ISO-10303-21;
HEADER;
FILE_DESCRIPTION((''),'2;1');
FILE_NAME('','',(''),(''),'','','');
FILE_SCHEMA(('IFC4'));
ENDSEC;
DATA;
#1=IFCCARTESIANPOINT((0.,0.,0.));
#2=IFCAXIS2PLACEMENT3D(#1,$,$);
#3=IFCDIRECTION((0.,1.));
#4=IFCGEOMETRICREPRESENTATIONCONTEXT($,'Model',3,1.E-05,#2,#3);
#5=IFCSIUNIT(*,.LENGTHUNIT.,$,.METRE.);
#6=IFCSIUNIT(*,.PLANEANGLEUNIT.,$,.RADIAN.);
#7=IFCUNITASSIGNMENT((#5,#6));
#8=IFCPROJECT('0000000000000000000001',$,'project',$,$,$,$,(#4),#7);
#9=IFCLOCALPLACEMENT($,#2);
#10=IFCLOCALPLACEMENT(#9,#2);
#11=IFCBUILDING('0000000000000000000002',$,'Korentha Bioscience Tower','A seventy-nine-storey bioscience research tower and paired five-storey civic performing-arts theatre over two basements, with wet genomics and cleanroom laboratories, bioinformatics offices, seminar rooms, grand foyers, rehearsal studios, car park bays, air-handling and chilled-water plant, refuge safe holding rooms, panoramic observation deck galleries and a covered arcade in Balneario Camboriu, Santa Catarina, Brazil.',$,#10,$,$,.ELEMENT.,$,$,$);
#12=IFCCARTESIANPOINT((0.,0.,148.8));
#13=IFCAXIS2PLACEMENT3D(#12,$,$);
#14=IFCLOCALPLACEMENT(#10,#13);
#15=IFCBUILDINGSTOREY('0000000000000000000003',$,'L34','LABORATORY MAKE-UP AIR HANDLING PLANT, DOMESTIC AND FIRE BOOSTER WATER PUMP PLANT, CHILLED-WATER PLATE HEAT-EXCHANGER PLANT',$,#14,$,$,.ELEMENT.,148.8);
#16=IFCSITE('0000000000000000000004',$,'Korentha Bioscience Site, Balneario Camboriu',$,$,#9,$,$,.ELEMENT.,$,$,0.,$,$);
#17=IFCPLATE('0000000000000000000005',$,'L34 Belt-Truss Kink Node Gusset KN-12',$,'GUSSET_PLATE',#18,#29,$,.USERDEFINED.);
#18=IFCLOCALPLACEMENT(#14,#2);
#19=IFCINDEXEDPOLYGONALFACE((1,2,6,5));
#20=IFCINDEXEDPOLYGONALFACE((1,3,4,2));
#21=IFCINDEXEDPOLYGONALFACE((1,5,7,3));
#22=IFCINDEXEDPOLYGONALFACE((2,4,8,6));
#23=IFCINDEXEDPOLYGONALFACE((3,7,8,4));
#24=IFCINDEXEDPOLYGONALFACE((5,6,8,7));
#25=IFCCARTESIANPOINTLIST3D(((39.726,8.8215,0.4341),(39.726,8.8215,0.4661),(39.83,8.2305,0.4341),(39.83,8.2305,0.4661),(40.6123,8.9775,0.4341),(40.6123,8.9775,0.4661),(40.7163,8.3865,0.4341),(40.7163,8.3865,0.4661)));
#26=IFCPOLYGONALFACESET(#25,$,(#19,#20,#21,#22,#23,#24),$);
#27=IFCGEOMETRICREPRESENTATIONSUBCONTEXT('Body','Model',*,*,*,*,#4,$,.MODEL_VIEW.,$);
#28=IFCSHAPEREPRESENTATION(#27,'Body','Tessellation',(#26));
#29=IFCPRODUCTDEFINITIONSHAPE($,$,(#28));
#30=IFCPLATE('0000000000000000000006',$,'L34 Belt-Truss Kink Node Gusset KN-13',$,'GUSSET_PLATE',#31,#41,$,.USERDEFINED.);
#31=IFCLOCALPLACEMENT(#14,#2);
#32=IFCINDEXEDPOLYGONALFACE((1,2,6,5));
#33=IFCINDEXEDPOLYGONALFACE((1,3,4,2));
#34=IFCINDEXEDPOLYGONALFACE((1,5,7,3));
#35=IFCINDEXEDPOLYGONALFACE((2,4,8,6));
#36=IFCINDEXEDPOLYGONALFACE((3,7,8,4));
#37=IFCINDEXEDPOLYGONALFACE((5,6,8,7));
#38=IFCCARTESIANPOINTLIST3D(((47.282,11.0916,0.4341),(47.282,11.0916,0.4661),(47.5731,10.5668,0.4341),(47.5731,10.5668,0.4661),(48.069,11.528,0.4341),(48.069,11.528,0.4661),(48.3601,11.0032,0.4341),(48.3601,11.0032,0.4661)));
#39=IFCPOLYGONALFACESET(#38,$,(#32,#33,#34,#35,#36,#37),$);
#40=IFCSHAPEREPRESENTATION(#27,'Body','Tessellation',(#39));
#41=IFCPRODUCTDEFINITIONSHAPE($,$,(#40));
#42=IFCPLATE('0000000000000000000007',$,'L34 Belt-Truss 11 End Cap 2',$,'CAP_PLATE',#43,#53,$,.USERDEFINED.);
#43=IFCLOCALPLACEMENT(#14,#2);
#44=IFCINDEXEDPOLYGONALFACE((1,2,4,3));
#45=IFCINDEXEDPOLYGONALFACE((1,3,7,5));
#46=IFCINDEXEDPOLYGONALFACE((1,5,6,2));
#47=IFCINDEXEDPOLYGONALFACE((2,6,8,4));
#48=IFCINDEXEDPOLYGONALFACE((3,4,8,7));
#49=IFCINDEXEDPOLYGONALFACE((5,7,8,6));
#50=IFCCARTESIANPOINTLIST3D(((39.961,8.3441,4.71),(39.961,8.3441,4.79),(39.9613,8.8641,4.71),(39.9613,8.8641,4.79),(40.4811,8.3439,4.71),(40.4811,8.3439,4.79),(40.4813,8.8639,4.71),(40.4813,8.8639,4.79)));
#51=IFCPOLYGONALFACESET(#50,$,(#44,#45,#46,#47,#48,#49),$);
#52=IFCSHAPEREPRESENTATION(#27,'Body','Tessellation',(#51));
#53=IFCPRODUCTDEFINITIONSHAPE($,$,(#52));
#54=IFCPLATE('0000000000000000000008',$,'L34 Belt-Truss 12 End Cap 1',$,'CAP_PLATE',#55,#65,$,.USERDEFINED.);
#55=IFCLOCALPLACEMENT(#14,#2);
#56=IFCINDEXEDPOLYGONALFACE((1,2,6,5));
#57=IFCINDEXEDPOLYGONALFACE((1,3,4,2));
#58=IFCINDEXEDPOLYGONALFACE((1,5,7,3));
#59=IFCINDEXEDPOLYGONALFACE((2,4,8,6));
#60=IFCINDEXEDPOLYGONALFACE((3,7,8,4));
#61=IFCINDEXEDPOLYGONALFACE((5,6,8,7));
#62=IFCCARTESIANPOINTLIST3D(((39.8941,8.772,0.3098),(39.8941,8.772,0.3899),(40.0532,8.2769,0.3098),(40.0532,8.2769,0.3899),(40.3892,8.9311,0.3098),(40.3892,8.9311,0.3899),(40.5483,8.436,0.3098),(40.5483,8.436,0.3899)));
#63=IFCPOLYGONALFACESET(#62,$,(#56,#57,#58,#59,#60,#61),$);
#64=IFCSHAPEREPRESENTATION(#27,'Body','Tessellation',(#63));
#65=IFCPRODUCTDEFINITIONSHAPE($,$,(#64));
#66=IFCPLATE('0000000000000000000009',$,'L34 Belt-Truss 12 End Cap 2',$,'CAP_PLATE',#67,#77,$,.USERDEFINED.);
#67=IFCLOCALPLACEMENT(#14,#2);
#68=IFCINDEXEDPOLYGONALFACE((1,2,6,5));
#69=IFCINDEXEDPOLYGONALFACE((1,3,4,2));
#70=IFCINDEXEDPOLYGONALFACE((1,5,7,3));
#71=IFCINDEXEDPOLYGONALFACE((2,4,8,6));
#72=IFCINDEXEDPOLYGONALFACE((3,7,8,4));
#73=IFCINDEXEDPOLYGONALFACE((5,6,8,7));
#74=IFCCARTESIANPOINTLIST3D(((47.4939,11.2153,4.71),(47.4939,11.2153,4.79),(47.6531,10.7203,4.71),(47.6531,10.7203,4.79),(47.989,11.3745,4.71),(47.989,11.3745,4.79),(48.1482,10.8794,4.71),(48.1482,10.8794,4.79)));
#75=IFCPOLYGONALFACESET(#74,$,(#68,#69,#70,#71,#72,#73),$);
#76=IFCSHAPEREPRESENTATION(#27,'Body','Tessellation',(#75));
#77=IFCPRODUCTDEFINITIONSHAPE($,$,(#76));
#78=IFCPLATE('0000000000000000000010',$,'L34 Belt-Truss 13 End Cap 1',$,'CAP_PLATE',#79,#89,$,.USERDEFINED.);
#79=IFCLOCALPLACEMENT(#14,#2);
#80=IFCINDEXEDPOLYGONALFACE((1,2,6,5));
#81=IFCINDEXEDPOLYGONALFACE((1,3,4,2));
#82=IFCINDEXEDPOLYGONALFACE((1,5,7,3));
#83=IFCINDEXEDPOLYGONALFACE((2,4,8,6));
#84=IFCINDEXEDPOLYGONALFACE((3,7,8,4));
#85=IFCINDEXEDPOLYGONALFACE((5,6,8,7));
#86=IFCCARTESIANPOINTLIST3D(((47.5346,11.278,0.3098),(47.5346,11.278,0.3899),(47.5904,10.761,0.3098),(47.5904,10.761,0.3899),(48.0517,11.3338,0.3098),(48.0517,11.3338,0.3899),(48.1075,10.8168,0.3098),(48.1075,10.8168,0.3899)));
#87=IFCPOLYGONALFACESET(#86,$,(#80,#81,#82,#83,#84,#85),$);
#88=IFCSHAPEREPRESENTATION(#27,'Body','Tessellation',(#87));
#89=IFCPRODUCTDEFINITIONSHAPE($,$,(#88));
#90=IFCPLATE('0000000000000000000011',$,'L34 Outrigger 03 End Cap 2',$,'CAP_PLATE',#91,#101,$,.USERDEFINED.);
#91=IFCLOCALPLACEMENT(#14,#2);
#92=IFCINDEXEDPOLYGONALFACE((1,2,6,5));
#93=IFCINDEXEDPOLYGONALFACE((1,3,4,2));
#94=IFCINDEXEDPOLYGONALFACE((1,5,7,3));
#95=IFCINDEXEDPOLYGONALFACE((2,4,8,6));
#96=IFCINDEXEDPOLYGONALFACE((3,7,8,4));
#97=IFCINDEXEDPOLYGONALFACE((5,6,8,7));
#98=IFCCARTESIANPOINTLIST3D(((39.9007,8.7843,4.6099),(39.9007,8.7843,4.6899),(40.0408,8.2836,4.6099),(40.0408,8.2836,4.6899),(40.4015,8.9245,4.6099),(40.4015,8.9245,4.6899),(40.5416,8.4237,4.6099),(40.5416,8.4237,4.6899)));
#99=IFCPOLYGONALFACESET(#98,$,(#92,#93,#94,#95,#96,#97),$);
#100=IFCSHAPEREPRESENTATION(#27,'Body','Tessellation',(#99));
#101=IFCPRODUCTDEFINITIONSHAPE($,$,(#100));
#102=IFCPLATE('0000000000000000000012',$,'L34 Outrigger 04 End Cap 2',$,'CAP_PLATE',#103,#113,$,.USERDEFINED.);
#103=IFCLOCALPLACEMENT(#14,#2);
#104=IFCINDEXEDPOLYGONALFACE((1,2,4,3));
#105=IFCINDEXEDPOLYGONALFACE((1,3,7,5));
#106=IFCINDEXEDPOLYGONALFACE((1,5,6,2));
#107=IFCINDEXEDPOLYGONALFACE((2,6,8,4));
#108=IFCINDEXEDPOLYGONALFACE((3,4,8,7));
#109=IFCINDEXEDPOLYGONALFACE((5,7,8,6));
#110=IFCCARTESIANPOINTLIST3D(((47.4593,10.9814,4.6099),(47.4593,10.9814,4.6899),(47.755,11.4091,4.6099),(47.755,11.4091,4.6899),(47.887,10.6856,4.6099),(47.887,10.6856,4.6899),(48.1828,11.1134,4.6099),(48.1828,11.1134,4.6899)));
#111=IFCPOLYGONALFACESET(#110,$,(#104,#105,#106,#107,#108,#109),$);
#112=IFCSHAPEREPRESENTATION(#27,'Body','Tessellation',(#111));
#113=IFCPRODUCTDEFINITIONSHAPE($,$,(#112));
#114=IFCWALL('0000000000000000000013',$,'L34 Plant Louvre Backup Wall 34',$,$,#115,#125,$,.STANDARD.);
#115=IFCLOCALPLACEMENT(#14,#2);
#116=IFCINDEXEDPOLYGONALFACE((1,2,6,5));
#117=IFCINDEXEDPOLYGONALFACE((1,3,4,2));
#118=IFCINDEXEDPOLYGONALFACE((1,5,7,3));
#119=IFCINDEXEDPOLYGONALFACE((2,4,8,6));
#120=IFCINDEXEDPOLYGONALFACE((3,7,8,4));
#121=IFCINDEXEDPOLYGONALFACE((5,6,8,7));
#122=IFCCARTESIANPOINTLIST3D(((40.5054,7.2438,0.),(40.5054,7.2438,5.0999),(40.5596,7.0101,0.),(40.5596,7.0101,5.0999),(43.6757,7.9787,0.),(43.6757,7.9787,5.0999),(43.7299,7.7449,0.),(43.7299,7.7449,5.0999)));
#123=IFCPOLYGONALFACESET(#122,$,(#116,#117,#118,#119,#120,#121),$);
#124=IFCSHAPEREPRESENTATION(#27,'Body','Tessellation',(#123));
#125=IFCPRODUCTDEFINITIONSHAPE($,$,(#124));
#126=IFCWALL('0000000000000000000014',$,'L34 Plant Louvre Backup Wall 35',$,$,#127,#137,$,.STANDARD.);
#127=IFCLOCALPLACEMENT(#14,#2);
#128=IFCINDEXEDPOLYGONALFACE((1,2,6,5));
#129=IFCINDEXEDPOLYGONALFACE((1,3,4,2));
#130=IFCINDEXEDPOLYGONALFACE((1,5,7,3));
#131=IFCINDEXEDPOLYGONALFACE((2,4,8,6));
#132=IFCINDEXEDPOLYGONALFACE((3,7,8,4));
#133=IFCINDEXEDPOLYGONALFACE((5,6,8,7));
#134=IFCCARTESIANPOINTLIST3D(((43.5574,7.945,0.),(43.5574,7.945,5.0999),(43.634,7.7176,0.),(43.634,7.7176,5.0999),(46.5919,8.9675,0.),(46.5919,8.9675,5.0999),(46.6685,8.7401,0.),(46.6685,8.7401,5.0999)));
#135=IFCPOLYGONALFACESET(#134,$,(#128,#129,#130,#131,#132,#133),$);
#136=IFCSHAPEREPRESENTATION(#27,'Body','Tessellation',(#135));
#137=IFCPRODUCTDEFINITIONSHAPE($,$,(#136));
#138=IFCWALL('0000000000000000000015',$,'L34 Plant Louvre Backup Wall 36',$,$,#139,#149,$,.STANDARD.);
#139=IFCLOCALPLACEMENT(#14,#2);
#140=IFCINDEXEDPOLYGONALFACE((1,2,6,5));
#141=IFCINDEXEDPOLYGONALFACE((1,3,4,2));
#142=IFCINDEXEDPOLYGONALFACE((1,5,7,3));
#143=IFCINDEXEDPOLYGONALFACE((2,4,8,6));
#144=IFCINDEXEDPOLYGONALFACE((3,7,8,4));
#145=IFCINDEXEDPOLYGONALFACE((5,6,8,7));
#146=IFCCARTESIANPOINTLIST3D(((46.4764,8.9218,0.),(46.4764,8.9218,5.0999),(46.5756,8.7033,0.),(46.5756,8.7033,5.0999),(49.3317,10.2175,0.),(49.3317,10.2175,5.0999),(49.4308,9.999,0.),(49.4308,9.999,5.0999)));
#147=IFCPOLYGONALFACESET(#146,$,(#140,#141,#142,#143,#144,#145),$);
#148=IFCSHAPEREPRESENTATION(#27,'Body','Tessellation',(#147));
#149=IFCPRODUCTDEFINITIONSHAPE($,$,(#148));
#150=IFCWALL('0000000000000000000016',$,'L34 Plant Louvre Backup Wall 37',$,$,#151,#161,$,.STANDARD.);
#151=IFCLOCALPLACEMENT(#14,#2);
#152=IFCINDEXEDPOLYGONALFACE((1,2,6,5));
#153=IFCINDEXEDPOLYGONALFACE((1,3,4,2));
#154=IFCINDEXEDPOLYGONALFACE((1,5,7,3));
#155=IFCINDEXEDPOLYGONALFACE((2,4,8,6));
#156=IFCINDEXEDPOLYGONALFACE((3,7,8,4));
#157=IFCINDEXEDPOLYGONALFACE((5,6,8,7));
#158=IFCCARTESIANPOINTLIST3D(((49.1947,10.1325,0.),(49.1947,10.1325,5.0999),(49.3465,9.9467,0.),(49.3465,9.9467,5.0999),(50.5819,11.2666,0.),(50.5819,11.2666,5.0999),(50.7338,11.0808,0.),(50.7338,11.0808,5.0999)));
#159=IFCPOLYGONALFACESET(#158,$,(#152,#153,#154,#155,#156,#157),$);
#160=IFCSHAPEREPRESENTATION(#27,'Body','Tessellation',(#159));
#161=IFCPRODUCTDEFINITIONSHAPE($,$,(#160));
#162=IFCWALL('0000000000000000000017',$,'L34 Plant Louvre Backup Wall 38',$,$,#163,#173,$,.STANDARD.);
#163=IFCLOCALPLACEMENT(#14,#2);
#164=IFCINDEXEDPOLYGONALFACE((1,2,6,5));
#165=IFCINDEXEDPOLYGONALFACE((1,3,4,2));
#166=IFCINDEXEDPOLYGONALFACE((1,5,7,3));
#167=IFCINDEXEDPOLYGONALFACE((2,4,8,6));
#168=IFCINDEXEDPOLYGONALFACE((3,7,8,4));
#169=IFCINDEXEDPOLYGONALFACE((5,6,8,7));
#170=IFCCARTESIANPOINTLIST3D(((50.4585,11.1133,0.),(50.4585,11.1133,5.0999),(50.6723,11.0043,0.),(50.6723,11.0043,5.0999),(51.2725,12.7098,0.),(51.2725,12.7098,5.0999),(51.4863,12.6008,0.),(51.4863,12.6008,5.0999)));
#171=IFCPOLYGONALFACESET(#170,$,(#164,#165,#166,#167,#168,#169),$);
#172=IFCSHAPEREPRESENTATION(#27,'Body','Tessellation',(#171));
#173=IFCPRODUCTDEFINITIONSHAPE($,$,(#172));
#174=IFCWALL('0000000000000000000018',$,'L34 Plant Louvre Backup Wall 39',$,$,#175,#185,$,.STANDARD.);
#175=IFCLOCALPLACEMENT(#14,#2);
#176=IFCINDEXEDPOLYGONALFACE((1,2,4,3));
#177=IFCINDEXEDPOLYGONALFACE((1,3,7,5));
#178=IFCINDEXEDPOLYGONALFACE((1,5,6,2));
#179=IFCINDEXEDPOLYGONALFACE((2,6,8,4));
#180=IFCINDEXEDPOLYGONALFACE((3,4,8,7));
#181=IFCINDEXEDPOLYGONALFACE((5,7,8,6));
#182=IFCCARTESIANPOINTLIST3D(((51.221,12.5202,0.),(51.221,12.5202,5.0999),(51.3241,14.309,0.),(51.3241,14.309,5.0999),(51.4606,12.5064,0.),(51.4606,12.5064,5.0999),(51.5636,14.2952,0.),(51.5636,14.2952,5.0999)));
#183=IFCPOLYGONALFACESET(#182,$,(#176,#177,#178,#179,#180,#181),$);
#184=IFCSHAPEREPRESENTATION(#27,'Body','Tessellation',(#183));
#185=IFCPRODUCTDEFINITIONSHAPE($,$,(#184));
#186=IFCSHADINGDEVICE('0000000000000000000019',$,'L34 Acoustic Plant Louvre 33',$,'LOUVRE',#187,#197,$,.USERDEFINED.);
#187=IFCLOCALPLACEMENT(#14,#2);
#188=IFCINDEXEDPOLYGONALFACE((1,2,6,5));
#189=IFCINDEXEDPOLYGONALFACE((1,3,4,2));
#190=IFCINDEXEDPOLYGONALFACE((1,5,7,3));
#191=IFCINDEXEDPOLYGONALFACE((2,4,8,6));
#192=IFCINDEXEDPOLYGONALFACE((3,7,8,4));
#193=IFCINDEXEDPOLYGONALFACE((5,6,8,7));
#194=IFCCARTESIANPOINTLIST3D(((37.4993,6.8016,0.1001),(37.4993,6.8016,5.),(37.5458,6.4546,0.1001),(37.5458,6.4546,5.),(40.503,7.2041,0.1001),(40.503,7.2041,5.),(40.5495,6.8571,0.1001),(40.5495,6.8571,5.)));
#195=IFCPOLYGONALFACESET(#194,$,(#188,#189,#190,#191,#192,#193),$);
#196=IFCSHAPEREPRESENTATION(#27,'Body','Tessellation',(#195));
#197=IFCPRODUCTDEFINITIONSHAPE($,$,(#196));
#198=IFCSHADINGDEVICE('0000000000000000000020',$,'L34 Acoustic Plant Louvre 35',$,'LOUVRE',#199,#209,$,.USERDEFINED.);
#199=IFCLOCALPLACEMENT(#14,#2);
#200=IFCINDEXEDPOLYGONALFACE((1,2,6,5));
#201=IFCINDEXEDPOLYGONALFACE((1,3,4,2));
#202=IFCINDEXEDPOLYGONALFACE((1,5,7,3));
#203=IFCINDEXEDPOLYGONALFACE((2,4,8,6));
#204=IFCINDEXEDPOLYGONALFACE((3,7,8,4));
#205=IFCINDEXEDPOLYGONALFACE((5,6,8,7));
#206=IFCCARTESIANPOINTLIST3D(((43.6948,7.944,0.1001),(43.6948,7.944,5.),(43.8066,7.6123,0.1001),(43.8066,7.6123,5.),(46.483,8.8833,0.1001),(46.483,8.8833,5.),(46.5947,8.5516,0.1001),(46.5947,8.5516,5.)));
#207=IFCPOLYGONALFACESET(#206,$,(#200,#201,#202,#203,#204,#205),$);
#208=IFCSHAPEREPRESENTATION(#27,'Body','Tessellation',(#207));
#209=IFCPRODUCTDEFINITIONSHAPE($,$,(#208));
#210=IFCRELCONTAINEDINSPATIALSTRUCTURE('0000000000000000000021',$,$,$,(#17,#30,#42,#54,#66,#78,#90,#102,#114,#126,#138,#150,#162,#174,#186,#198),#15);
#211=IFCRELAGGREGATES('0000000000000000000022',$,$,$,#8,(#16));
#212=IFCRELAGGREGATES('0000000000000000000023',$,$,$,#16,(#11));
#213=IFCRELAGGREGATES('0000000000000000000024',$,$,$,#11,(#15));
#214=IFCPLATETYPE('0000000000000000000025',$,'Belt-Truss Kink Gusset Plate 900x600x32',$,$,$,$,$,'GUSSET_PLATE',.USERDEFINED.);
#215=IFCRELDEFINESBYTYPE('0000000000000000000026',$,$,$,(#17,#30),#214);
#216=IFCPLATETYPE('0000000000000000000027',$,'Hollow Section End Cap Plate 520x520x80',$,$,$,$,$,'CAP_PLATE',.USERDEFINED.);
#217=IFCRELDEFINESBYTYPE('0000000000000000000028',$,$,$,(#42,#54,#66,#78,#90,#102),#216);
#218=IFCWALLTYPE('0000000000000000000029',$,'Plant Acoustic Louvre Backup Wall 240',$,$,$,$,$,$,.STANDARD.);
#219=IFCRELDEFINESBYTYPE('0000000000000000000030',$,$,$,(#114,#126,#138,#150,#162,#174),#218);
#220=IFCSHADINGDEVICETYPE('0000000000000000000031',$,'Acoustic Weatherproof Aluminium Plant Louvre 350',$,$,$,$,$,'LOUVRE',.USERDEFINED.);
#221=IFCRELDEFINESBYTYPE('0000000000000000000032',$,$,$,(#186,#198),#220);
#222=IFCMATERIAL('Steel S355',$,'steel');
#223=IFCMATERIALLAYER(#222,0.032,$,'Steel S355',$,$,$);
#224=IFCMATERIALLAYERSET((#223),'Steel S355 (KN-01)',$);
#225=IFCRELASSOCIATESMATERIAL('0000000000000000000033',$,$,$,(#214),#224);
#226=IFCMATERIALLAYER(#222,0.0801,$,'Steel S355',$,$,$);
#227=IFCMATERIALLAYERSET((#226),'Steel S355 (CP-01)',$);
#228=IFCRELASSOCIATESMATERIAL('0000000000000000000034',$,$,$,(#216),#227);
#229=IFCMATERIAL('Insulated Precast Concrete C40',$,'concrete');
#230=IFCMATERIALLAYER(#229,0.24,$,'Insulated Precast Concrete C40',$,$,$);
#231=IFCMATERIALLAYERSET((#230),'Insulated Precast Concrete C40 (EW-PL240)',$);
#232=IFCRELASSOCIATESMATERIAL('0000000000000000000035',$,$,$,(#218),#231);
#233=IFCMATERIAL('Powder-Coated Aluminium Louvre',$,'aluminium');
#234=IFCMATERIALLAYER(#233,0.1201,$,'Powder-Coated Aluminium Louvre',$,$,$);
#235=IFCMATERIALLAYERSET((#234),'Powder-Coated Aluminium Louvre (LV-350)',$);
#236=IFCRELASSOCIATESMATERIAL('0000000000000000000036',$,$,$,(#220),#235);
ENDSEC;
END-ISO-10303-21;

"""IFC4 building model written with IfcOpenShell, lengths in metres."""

from ifc_helpers import new_model, si_unit, direction, frame, frame_2d, origin, origin_2d, place, context, subcontext, project, spatial, rectangle, extrude, material, layer, layer_set, type_object, element, save


model = new_model("IFC4")

# Units and contexts
model_context = context("Model", 3, precision=1e-05, world=origin(), true_north=direction((0.0, 1.0)))
body_context = subcontext(model_context, "Body", "Model", "MODEL_VIEW")
ifc_project = project(units=[si_unit("LENGTHUNIT", "METRE"), si_unit("PLANEANGLEUNIT", "RADIAN")], contexts=[model_context])

# Site, building, storey
site_placement = place(None, origin())
site = spatial("IfcSite", under=ifc_project, at=site_placement, Name="Korentha Bioscience Site, Balneario Camboriu", CompositionType="ELEMENT", RefElevation=0.0)
building_placement = place(site_placement, origin())
building = spatial("IfcBuilding", under=site, at=building_placement, Name="Korentha Bioscience Tower", Description="A seventy-nine-storey bioscience research tower and paired five-storey civic performing-arts theatre over two basements, with wet genomics and cleanroom laboratories, bioinformatics offices, seminar rooms, grand foyers, rehearsal studios, car park bays, air-handling and chilled-water plant, refuge safe holding rooms, panoramic observation deck galleries and a covered arcade in Balneario Camboriu, Santa Catarina, Brazil.", CompositionType="ELEMENT")
storey_placement = place(building_placement, frame((0.0, 0.0, 148.8)))
storey = spatial("IfcBuildingStorey", under=building, at=storey_placement, Name="L34", Description="LABORATORY MAKE-UP AIR HANDLING PLANT, DOMESTIC AND FIRE BOOSTER WATER PUMP PLANT, CHILLED-WATER PLATE HEAT-EXCHANGER PLANT", CompositionType="ELEMENT", Elevation=148.8)

# Shared definitions
ifc_material_1 = material(Name="Steel S355", Category="steel")

# Plates
ifc_layer_1 = layer(ifc_material_1, 0.032, Name="Steel S355")
ifc_layer_set_1 = layer_set([ifc_layer_1], Name="Steel S355 (KN-01)")
plate_type_1 = type_object("IfcPlateType", Name="Belt-Truss Kink Gusset Plate 900x600x32", ElementType="GUSSET_PLATE", PredefinedType="USERDEFINED", material=ifc_layer_set_1)
for number, where, z_axis, x_axis, name in (
    (1, (40.2212, 8.604, 0.4341), (0.0, 0.0, 1.0), (0.984868, 0.173304, 0.0), "L34 Belt-Truss Kink Node Gusset KN-12"),
    (2, (47.821, 11.0474, 0.4341), (0.0, 0.0, 1.0), (0.874535, 0.484962, 0.0), "L34 Belt-Truss Kink Node Gusset KN-13"),
):
    element("IfcPlate", number, at=place(storey_placement, frame(where, z_axis=z_axis, x_axis=x_axis)), inside=storey, type_object=plate_type_1, Name=name, ObjectType="GUSSET_PLATE", PredefinedType="USERDEFINED", context=body_context, shape_type="SweptSolid", body=[
        extrude(rectangle(XDim=0.8999, YDim=0.6001, at=origin_2d()), origin(), (0.0, 0.0, 1.0), 0.032),
    ])
ifc_layer_2 = layer(ifc_material_1, 0.0801, Name="Steel S355")
ifc_layer_set_2 = layer_set([ifc_layer_2], Name="Steel S355 (CP-01)")
plate_type_2 = type_object("IfcPlateType", Name="Hollow Section End Cap Plate 520x520x80", ElementType="CAP_PLATE", PredefinedType="USERDEFINED", material=ifc_layer_set_2)
for number, where, z_axis, x_axis, name in (
    (3, (40.2212, 8.604, 4.71), (0.0, 0.0, 1.0), (-1.0, 0.000524, 0.0), "L34 Belt-Truss 11 End Cap 2"),
    (4, (40.2212, 8.604, 0.3098), (0.0, 0.0, 1.0), (0.952023, 0.306028, 0.0), "L34 Belt-Truss 12 End Cap 1"),
    (5, (47.821, 11.0474, 4.71), (0.0, 0.0, 1.0), (0.952023, 0.306028, 0.0), "L34 Belt-Truss 12 End Cap 2"),
    (6, (47.821, 11.0474, 0.3098), (0.0, 0.0, 1.0), (-0.107305, 0.994226, 0.0), "L34 Belt-Truss 13 End Cap 1"),
    (7, (40.2212, 8.604, 4.6099), (0.0, 0.0, 1.0), (-0.269424, 0.963022, 0.0), "L34 Outrigger 03 End Cap 2"),
    (8, (47.821, 11.0474, 4.6099), (0.0, 0.0, 1.0), (-0.822541, 0.568705, 0.0), "L34 Outrigger 04 End Cap 2"),
):
    element("IfcPlate", number, at=place(storey_placement, frame(where, z_axis=z_axis, x_axis=x_axis)), inside=storey, type_object=plate_type_2, Name=name, ObjectType="CAP_PLATE", PredefinedType="USERDEFINED", context=body_context, shape_type="SweptSolid", body=[
        extrude(rectangle(XDim=0.52, YDim=0.52, at=origin_2d()), origin(), (0.0, 0.0, 1.0), 0.0801),
    ])

# Walls
ifc_material_2 = material(Name="Insulated Precast Concrete C40", Category="concrete")
ifc_layer_3 = layer(ifc_material_2, 0.24, Name="Insulated Precast Concrete C40")
ifc_layer_set_3 = layer_set([ifc_layer_3], Name="Insulated Precast Concrete C40 (EW-PL240)")
wall_type = type_object("IfcWallType", Name="Plant Acoustic Louvre Backup Wall 240", PredefinedType="STANDARD", material=ifc_layer_set_3)
wall_1_placement = place(storey_placement, frame((40.5325, 7.127, 0.0), z_axis=(0.0, 0.0, 1.0), x_axis=(0.974173, 0.225802, 0.0)))
element("IfcWall", 9, at=wall_1_placement, inside=storey, type_object=wall_type, Name="L34 Plant Louvre Backup Wall 34", PredefinedType="STANDARD", context=body_context, shape_type="SweptSolid", body=[
    extrude(rectangle(XDim=3.2544, YDim=0.24, at=frame_2d((1.6272, 0.0))), origin(), (0.0, 0.0, 1.0), 5.0999),
])
wall_2_placement = place(storey_placement, frame((43.5957, 7.8313, 0.0), z_axis=(0.0, 0.0, 1.0), x_axis=(0.947649, 0.319314, 0.0)))
element("IfcWall", 10, at=wall_2_placement, inside=storey, type_object=wall_type, Name="L34 Plant Louvre Backup Wall 35", PredefinedType="STANDARD", context=body_context, shape_type="SweptSolid", body=[
    extrude(rectangle(XDim=3.2021, YDim=0.24, at=frame_2d((1.6011, 0.0))), origin(), (0.0, 0.0, 1.0), 5.0999),
])
wall_3_placement = place(storey_placement, frame((46.5259, 8.8125, 0.0), z_axis=(0.0, 0.0, 1.0), x_axis=(0.910628, 0.413228, 0.0)))
element("IfcWall", 11, at=wall_3_placement, inside=storey, type_object=wall_type, Name="L34 Plant Louvre Backup Wall 36", PredefinedType="STANDARD", context=body_context, shape_type="SweptSolid", body=[
    extrude(rectangle(XDim=3.1355, YDim=0.24, at=frame_2d((1.5679, 0.0))), origin(), (0.0, 0.0, 1.0), 5.0999),
])
wall_4_placement = place(storey_placement, frame((49.2705, 10.0396, 0.0), z_axis=(0.0, 0.0, 1.0), x_axis=(0.774218, 0.632919, 0.0)))
element("IfcWall", 12, at=wall_4_placement, inside=storey, type_object=wall_type, Name="L34 Plant Louvre Backup Wall 37", PredefinedType="STANDARD", context=body_context, shape_type="SweptSolid", body=[
    extrude(rectangle(XDim=1.7917, YDim=0.24, at=frame_2d((0.896, 0.0))), origin(), (0.0, 0.0, 1.0), 5.0999),
])
wall_5_placement = place(storey_placement, frame((50.5654, 11.0588, 0.0), z_axis=(0.0, 0.0, 1.0), x_axis=(0.45423, 0.890885, 0.0)))
element("IfcWall", 13, at=wall_5_placement, inside=storey, type_object=wall_type, Name="L34 Plant Louvre Backup Wall 38", PredefinedType="STANDARD", context=body_context, shape_type="SweptSolid", body=[
    extrude(rectangle(XDim=1.792, YDim=0.24, at=frame_2d((0.896, 0.0))), origin(), (0.0, 0.0, 1.0), 5.0999),
])
wall_6_placement = place(storey_placement, frame((51.3408, 12.5132, 0.0), z_axis=(0.0, 0.0, 1.0), x_axis=(0.0575, 0.998346, 0.0)))
element("IfcWall", 14, at=wall_6_placement, inside=storey, type_object=wall_type, Name="L34 Plant Louvre Backup Wall 39", PredefinedType="STANDARD", context=body_context, shape_type="SweptSolid", body=[
    extrude(rectangle(XDim=1.7917, YDim=0.24, at=frame_2d((0.896, 0.0))), origin(), (0.0, 0.0, 1.0), 5.0999),
])

# Shading devices
ifc_material_3 = material(Name="Powder-Coated Aluminium Louvre", Category="aluminium")
ifc_layer_4 = layer(ifc_material_3, 0.1201, Name="Powder-Coated Aluminium Louvre")
ifc_layer_set_4 = layer_set([ifc_layer_4], Name="Powder-Coated Aluminium Louvre (LV-350)")
shading_device_type = type_object("IfcShadingDeviceType", Name="Acoustic Weatherproof Aluminium Plant Louvre 350", ElementType="LOUVRE", PredefinedType="USERDEFINED", material=ifc_layer_set_4)
shading_device_1_placement = place(storey_placement, frame((39.0244, 6.8293, 0.1001), z_axis=(0.0, 0.0, 1.0), x_axis=(0.991142, 0.132806, 0.0)))
element("IfcShadingDevice", 15, at=shading_device_1_placement, inside=storey, type_object=shading_device_type, Name="L34 Acoustic Plant Louvre 33", ObjectType="LOUVRE", PredefinedType="USERDEFINED", context=body_context, shape_type="SweptSolid", body=[
    extrude(rectangle(XDim=3.0305, YDim=0.3501, at=origin_2d()), origin(), (0.0, 0.0, 1.0), 4.8999),
])
shading_device_2_placement = place(storey_placement, frame((45.1448, 8.2478, 0.1001), z_axis=(0.0, 0.0, 1.0), x_axis=(0.947666, 0.319263, 0.0)))
element("IfcShadingDevice", 16, at=shading_device_2_placement, inside=storey, type_object=shading_device_type, Name="L34 Acoustic Plant Louvre 35", ObjectType="LOUVRE", PredefinedType="USERDEFINED", context=body_context, shape_type="SweptSolid", body=[
    extrude(rectangle(XDim=2.9421, YDim=0.3501, at=origin_2d()), origin(), (0.0, 0.0, 1.0), 4.8999),
])

save(model, "model.ifc")
